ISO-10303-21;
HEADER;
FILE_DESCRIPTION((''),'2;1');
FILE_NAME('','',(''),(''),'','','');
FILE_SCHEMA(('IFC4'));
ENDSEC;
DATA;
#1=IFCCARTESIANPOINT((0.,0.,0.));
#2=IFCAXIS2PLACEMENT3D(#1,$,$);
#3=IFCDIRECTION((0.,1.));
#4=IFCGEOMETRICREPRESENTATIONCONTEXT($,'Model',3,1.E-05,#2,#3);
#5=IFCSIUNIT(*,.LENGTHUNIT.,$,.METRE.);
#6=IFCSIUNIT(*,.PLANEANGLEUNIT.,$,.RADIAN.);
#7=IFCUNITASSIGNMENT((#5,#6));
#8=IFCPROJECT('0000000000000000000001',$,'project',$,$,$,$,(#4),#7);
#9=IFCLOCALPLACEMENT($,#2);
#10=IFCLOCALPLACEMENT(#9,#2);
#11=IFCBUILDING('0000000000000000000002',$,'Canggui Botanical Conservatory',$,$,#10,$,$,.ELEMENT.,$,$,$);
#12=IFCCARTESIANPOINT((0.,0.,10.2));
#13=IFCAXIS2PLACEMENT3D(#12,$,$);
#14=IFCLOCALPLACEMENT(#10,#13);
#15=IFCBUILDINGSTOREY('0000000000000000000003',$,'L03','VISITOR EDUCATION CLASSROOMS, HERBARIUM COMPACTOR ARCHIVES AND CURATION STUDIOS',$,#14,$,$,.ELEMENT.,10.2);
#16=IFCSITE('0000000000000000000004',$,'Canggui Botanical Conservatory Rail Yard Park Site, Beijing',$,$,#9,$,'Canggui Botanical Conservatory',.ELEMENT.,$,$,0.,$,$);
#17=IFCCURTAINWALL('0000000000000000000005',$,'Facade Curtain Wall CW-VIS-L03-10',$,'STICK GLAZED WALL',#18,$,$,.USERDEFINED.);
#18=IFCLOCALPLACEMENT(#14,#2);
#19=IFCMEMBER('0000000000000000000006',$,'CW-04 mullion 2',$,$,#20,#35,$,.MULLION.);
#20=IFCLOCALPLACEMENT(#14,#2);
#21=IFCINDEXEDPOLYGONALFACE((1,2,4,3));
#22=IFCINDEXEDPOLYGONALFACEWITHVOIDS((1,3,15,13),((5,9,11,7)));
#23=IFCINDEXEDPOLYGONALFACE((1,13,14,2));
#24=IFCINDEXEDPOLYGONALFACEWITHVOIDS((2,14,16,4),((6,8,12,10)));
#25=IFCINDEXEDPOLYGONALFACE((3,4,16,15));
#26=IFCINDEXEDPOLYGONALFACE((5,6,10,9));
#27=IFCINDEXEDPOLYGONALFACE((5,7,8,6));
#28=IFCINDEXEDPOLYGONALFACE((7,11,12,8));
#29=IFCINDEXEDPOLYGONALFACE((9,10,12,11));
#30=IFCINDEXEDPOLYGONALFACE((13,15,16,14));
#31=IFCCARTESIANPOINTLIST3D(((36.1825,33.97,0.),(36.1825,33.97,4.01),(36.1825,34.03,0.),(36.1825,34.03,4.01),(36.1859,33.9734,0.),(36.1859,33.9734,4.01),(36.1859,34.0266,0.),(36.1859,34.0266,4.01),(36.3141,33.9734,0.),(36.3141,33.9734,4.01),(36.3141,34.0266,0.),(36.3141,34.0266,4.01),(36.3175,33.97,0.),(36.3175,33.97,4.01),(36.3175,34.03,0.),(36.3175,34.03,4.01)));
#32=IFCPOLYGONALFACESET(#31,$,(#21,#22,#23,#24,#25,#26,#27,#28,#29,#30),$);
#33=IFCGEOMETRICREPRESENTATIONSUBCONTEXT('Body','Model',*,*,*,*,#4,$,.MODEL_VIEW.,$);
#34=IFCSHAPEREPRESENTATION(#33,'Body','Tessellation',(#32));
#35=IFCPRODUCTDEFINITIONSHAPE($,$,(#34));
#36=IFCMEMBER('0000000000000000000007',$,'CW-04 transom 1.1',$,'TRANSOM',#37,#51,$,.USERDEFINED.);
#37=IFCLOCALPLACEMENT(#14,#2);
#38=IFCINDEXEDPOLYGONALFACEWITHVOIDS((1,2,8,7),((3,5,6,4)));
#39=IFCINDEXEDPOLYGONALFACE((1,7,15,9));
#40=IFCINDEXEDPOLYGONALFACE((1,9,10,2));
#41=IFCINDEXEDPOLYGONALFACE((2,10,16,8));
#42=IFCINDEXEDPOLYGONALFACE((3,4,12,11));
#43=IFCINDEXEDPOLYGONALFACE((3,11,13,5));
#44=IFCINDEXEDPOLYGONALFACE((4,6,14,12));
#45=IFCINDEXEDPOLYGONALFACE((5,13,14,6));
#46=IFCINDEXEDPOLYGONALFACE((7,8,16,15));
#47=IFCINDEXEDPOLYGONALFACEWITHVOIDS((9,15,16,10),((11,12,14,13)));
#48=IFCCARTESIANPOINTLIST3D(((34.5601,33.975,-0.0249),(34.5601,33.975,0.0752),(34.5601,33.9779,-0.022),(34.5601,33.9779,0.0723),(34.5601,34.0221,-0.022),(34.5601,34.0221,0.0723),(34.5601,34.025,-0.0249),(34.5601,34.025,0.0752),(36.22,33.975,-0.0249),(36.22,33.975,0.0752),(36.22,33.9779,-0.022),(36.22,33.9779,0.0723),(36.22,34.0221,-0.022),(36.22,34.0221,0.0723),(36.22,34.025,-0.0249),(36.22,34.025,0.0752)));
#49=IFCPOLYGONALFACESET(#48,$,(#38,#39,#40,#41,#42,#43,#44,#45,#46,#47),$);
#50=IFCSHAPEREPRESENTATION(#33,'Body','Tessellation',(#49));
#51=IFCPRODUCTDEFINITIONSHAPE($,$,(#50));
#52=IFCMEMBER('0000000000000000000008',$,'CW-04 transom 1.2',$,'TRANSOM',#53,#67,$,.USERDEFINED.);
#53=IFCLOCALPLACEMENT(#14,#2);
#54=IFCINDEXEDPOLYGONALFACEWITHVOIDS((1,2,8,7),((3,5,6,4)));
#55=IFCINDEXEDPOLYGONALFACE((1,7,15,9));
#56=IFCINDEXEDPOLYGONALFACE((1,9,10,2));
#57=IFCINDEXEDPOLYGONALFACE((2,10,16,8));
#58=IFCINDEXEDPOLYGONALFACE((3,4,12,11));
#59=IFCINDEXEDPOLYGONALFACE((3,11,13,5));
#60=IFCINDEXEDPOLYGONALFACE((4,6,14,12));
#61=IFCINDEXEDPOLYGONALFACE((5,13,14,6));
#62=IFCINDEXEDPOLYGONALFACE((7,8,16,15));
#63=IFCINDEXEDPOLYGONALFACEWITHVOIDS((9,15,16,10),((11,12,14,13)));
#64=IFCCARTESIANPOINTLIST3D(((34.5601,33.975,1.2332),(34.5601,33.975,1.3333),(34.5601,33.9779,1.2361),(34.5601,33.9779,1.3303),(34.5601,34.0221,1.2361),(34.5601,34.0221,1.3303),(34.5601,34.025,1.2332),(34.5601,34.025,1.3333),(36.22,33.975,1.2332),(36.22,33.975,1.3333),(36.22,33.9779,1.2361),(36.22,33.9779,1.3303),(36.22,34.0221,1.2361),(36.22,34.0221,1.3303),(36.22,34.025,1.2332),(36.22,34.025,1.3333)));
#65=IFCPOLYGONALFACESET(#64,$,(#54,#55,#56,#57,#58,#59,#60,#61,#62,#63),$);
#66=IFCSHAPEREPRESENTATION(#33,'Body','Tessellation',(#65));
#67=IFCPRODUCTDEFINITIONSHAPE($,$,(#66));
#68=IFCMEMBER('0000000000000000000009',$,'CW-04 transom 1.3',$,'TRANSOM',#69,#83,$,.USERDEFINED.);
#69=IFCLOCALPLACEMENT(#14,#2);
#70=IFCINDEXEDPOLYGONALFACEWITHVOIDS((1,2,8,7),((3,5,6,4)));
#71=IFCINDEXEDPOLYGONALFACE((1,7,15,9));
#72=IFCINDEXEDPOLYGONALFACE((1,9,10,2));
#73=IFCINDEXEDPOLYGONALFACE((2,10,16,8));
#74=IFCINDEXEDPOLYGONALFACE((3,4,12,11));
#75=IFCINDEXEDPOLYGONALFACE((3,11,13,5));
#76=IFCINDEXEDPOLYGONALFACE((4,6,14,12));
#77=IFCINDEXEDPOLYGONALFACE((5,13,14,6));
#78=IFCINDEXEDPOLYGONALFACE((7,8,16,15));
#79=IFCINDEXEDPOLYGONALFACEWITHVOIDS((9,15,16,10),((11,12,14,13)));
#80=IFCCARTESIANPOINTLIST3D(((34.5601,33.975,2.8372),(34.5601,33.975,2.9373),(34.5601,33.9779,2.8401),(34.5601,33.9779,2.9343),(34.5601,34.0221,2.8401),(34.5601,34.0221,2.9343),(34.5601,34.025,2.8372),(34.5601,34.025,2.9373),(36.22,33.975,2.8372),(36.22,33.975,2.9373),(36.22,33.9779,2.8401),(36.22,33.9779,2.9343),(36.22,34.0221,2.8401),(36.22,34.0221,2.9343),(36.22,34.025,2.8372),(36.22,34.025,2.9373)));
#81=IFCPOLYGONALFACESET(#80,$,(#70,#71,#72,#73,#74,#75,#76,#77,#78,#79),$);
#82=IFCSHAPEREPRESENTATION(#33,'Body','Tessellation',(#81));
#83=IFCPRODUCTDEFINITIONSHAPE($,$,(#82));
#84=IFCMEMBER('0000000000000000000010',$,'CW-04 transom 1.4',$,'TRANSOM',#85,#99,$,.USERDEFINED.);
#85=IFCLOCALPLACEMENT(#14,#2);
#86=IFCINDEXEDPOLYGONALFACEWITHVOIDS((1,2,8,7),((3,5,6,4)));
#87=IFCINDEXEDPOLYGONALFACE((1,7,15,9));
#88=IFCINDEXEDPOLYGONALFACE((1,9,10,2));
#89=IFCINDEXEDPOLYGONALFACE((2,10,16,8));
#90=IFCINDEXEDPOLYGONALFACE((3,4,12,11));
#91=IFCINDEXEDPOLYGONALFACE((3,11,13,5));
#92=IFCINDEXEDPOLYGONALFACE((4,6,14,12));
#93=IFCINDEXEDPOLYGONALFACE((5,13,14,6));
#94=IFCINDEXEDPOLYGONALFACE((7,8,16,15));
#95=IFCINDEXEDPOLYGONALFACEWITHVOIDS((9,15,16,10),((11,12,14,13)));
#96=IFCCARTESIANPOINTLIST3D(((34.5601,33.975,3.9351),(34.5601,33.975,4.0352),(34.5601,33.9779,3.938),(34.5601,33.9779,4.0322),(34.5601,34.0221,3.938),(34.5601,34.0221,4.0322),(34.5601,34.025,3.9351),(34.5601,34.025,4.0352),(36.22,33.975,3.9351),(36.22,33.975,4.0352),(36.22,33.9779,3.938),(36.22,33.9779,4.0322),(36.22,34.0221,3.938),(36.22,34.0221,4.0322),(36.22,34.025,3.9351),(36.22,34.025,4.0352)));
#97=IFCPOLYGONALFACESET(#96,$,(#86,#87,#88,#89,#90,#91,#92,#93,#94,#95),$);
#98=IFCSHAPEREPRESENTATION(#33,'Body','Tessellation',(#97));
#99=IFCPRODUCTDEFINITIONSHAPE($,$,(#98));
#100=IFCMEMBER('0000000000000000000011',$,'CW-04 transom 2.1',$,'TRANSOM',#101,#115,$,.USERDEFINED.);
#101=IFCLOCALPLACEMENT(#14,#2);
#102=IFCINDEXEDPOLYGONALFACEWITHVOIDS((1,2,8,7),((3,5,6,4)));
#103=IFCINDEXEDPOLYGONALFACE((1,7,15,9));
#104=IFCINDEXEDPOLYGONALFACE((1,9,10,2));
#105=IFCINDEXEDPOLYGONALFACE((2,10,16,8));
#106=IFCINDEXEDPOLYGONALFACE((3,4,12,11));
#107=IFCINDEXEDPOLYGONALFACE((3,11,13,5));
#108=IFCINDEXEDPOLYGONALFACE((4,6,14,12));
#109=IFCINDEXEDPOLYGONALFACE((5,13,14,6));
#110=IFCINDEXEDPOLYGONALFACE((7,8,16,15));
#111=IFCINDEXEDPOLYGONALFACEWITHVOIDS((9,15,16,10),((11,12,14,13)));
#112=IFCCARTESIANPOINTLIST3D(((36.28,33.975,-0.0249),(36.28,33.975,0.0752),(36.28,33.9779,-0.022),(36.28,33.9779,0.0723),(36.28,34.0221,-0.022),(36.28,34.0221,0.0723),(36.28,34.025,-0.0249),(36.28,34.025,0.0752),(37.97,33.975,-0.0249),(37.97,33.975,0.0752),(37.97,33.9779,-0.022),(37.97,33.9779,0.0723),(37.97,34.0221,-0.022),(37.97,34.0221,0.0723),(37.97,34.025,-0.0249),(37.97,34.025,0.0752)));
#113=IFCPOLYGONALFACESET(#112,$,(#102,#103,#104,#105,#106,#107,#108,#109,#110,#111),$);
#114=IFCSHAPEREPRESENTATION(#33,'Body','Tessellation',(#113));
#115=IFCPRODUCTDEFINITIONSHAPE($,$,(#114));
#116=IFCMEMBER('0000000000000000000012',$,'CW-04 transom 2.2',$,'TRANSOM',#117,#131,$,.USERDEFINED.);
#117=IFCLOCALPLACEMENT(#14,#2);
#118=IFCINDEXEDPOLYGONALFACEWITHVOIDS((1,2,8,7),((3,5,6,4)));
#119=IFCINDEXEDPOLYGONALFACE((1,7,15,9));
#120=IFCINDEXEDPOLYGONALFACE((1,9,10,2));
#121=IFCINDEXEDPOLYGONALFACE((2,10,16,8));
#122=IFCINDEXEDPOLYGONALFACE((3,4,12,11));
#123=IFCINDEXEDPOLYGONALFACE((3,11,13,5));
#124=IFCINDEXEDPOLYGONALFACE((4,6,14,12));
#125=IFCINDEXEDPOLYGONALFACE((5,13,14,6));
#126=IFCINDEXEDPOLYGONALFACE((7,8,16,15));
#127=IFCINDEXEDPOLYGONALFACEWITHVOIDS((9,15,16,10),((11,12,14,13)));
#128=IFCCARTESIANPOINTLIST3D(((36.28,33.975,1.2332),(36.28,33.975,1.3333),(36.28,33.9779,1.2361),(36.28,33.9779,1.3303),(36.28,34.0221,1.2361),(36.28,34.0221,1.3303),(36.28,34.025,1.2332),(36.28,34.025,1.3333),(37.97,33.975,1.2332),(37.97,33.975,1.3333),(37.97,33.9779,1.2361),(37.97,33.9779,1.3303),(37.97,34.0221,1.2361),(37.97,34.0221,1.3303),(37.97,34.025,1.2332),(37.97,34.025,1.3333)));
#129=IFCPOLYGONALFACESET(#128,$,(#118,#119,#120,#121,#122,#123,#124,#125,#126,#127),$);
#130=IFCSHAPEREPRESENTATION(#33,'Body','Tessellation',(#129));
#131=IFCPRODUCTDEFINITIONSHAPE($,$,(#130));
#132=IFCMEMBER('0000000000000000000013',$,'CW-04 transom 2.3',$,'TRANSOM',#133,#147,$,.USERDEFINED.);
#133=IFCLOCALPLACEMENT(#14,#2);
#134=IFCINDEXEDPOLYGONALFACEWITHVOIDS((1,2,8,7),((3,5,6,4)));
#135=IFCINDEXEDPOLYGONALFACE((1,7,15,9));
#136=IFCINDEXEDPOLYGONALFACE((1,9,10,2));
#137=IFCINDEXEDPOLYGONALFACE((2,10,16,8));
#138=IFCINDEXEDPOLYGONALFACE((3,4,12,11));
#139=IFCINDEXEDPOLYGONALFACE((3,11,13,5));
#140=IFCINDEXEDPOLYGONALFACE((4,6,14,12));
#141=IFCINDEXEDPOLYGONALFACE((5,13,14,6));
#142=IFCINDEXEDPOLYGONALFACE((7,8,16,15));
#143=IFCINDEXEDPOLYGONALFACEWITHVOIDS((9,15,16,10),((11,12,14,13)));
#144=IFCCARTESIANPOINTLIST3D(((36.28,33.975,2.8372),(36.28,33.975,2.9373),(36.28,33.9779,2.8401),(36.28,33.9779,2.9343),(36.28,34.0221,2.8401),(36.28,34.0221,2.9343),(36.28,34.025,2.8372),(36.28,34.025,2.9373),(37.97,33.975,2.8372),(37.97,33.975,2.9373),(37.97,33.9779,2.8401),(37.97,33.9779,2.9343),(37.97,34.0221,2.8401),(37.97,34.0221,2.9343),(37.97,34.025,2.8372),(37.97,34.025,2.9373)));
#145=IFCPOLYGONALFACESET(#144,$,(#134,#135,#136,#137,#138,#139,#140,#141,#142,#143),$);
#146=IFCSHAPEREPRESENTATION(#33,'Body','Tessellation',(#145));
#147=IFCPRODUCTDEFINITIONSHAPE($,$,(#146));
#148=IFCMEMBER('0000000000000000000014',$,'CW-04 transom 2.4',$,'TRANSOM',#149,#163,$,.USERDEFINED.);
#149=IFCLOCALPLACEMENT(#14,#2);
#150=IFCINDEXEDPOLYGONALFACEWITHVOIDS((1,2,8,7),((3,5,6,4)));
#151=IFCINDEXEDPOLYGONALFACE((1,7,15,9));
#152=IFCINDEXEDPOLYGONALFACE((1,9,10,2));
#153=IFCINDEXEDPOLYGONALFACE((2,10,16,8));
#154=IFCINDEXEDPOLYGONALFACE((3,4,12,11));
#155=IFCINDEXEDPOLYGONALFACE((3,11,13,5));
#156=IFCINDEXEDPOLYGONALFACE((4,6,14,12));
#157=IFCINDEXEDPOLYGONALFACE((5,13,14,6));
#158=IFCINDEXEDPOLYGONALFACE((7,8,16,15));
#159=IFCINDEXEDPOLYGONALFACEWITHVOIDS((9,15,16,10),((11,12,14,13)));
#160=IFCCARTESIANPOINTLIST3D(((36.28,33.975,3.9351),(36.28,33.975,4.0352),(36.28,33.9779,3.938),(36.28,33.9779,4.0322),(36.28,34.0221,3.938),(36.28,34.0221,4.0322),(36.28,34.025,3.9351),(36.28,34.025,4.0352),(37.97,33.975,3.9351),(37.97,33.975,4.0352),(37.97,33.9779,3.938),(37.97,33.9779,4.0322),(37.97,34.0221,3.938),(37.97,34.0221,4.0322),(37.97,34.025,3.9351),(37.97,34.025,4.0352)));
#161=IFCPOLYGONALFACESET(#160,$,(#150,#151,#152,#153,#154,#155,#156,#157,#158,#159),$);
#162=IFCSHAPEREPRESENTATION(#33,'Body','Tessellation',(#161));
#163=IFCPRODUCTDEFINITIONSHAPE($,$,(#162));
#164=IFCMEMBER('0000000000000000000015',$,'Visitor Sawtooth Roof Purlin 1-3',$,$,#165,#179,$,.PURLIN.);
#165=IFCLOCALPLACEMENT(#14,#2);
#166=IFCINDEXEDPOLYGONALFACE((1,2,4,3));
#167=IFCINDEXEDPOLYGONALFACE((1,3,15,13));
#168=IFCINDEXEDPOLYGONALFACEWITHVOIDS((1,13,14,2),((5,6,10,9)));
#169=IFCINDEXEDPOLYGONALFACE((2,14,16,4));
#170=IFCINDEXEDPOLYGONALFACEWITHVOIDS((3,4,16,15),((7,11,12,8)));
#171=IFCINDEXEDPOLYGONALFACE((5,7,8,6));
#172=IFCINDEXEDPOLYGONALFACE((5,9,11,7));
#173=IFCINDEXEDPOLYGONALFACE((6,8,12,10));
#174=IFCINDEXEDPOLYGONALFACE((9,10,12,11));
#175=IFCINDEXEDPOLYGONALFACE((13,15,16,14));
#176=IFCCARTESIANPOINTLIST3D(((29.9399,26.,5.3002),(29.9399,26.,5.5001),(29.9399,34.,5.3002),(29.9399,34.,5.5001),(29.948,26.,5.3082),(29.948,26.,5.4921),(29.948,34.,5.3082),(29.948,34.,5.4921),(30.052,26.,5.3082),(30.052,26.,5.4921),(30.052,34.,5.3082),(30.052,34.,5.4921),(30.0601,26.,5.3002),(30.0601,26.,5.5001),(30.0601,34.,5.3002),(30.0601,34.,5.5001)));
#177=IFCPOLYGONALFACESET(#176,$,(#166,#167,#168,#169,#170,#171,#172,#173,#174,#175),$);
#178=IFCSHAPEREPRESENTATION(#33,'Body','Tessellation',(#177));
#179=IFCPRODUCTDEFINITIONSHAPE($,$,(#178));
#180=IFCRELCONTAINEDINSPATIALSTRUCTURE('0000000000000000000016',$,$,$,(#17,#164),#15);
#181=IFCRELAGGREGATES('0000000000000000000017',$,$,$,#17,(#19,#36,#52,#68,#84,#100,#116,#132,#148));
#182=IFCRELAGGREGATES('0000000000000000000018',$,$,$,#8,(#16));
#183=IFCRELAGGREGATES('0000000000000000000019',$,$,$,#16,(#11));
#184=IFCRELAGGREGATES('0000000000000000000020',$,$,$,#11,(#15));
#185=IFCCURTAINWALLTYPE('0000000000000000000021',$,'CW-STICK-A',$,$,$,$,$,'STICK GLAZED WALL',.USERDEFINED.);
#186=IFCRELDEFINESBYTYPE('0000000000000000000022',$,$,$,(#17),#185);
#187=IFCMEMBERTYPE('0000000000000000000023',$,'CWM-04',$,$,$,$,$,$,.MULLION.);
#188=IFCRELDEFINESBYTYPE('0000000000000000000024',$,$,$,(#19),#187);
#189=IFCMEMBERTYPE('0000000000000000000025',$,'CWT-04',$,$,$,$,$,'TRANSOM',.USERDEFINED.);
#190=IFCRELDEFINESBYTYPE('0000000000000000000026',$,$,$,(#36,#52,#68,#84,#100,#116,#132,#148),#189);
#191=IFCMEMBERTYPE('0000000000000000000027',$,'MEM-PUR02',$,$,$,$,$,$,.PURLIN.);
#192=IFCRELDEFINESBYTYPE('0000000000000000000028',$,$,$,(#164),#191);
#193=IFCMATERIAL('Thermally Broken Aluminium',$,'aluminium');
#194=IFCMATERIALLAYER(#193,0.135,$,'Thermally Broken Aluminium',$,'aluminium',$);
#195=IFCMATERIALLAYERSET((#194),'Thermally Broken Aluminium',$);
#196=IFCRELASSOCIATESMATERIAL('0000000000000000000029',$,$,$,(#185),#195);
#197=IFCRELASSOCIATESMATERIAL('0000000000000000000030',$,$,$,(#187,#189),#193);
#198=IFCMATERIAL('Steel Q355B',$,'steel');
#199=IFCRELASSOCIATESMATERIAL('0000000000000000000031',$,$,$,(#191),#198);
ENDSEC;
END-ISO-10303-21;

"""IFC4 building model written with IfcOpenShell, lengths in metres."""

from ifc_helpers import new_model, si_unit, direction, frame, origin, origin_2d, place, context, subcontext, project, spatial, hollow_rectangle, extrude, material, layer, layer_set, material_profile, profile_set, type_object, element, aggregate, save


model = new_model("IFC4")

# Units and contexts
model_context = context("Model", 3, precision=1e-05, world=origin(), true_north=direction((0.0, 1.0)))
body_context = subcontext(model_context, "Body", "Model", "MODEL_VIEW")
ifc_project = project(units=[si_unit("LENGTHUNIT", "METRE"), si_unit("PLANEANGLEUNIT", "RADIAN")], contexts=[model_context])

# Site, building, storey
site_placement = place(None, origin())
site = spatial("IfcSite", under=ifc_project, at=site_placement, Name="Canggui Botanical Conservatory Rail Yard Park Site, Beijing", LongName="Canggui Botanical Conservatory", CompositionType="ELEMENT", RefElevation=0.0)
building_placement = place(site_placement, origin())
building = spatial("IfcBuilding", under=site, at=building_placement, Name="Canggui Botanical Conservatory", CompositionType="ELEMENT")
storey_placement = place(building_placement, frame((0.0, 0.0, 10.2)))
storey = spatial("IfcBuildingStorey", under=building, at=storey_placement, Name="L03", Description="VISITOR EDUCATION CLASSROOMS, HERBARIUM COMPACTOR ARCHIVES AND CURATION STUDIOS", CompositionType="ELEMENT", Elevation=10.2)

# Shared definitions
ifc_material_1 = material(Name="Steel Q355B", Category="steel")

# Curtain wall, members
ifc_material_2 = material(Name="Thermally Broken Aluminium", Category="aluminium")
ifc_layer_1 = layer(ifc_material_2, 0.135, Name="Thermally Broken Aluminium", Category="aluminium")
ifc_layer_set_1 = layer_set([ifc_layer_1], Name="Thermally Broken Aluminium")
curtain_wall_type = type_object("IfcCurtainWallType", Name="CW-STICK-A", ElementType="STICK GLAZED WALL", PredefinedType="USERDEFINED", material=ifc_layer_set_1)
curtain_wall_placement = place(storey_placement, origin())
curtain_wall = element("IfcCurtainWall", 1, at=curtain_wall_placement, inside=storey, type_object=curtain_wall_type, Name="Facade Curtain Wall CW-VIS-L03-10", ObjectType="STICK GLAZED WALL", PredefinedType="USERDEFINED")
ifc_material_profile_1 = material_profile(ifc_material_2, hollow_rectangle(XDim=0.0601, YDim=0.135, WallThickness=0.0034, at=origin_2d()), Name="CWM 60x135x3.5")
ifc_profile_set_1 = profile_set([ifc_material_profile_1], Name="Thermally Broken Aluminium")
member_type_1 = type_object("IfcMemberType", Name="CWM-04", PredefinedType="MULLION", material=ifc_profile_set_1)
member_1_placement = place(storey_placement, frame((36.25, 34.0, 0.0), z_axis=(0.0, 0.0, 1.0), x_axis=(0.0, 1.0, 0.0)))
member_1 = element("IfcMember", 2, at=member_1_placement, type_object=member_type_1, Name="CW-04 mullion 2", PredefinedType="MULLION", context=body_context, shape_type="SweptSolid", body=[
    extrude(hollow_rectangle(XDim=0.0601, YDim=0.135, WallThickness=0.0034, at=origin_2d()), origin(), (0.0, 0.0, 1.0), 4.01),
])
ifc_material_profile_2 = material_profile(ifc_material_2, hollow_rectangle(XDim=0.05, YDim=0.1001, WallThickness=0.0029, at=origin_2d()), Name="CWT 50x100x3")
ifc_profile_set_2 = profile_set([ifc_material_profile_2], Name="Thermally Broken Aluminium")
member_type_2 = type_object("IfcMemberType", Name="CWT-04", ElementType="TRANSOM", PredefinedType="USERDEFINED", material=ifc_profile_set_2)
member_2_placement = place(storey_placement, frame((34.5601, 34.0, 0.0251), z_axis=(1.0, 0.0, 0.0), x_axis=(0.0, 1.0, 0.0)))
member_2 = element("IfcMember", 3, at=member_2_placement, type_object=member_type_2, Name="CW-04 transom 1.1", ObjectType="TRANSOM", PredefinedType="USERDEFINED", context=body_context, shape_type="SweptSolid", body=[
    extrude(hollow_rectangle(XDim=0.05, YDim=0.1001, WallThickness=0.0029, at=origin_2d()), origin(), (0.0, 0.0, 1.0), 1.6599),
])
member_3_placement = place(storey_placement, frame((34.5601, 34.0, 1.2832), z_axis=(1.0, 0.0, 0.0), x_axis=(0.0, 1.0, 0.0)))
member_3 = element("IfcMember", 4, at=member_3_placement, type_object=member_type_2, Name="CW-04 transom 1.2", ObjectType="TRANSOM", PredefinedType="USERDEFINED", context=body_context, shape_type="SweptSolid", body=[
    extrude(hollow_rectangle(XDim=0.05, YDim=0.1001, WallThickness=0.0029, at=origin_2d()), origin(), (0.0, 0.0, 1.0), 1.6599),
])
member_4_placement = place(storey_placement, frame((34.5601, 34.0, 2.8872), z_axis=(1.0, 0.0, 0.0), x_axis=(0.0, 1.0, 0.0)))
member_4 = element("IfcMember", 5, at=member_4_placement, type_object=member_type_2, Name="CW-04 transom 1.3", ObjectType="TRANSOM", PredefinedType="USERDEFINED", context=body_context, shape_type="SweptSolid", body=[
    extrude(hollow_rectangle(XDim=0.05, YDim=0.1001, WallThickness=0.0029, at=origin_2d()), origin(), (0.0, 0.0, 1.0), 1.6599),
])
member_5_placement = place(storey_placement, frame((34.5601, 34.0, 3.9851), z_axis=(1.0, 0.0, 0.0), x_axis=(0.0, 1.0, 0.0)))
member_5 = element("IfcMember", 6, at=member_5_placement, type_object=member_type_2, Name="CW-04 transom 1.4", ObjectType="TRANSOM", PredefinedType="USERDEFINED", context=body_context, shape_type="SweptSolid", body=[
    extrude(hollow_rectangle(XDim=0.05, YDim=0.1001, WallThickness=0.0029, at=origin_2d()), origin(), (0.0, 0.0, 1.0), 1.6599),
])
member_6_placement = place(storey_placement, frame((36.28, 34.0, 0.0251), z_axis=(1.0, 0.0, 0.0), x_axis=(0.0, 1.0, 0.0)))
member_6 = element("IfcMember", 7, at=member_6_placement, type_object=member_type_2, Name="CW-04 transom 2.1", ObjectType="TRANSOM", PredefinedType="USERDEFINED", context=body_context, shape_type="SweptSolid", body=[
    extrude(hollow_rectangle(XDim=0.05, YDim=0.1001, WallThickness=0.0029, at=origin_2d()), origin(), (0.0, 0.0, 1.0), 1.6899),
])
member_7_placement = place(storey_placement, frame((36.28, 34.0, 1.2832), z_axis=(1.0, 0.0, 0.0), x_axis=(0.0, 1.0, 0.0)))
member_7 = element("IfcMember", 8, at=member_7_placement, type_object=member_type_2, Name="CW-04 transom 2.2", ObjectType="TRANSOM", PredefinedType="USERDEFINED", context=body_context, shape_type="SweptSolid", body=[
    extrude(hollow_rectangle(XDim=0.05, YDim=0.1001, WallThickness=0.0029, at=origin_2d()), origin(), (0.0, 0.0, 1.0), 1.6899),
])
member_8_placement = place(storey_placement, frame((36.28, 34.0, 2.8872), z_axis=(1.0, 0.0, 0.0), x_axis=(0.0, 1.0, 0.0)))
member_8 = element("IfcMember", 9, at=member_8_placement, type_object=member_type_2, Name="CW-04 transom 2.3", ObjectType="TRANSOM", PredefinedType="USERDEFINED", context=body_context, shape_type="SweptSolid", body=[
    extrude(hollow_rectangle(XDim=0.05, YDim=0.1001, WallThickness=0.0029, at=origin_2d()), origin(), (0.0, 0.0, 1.0), 1.6899),
])
member_9_placement = place(storey_placement, frame((36.28, 34.0, 3.9851), z_axis=(1.0, 0.0, 0.0), x_axis=(0.0, 1.0, 0.0)))
member_9 = element("IfcMember", 10, at=member_9_placement, type_object=member_type_2, Name="CW-04 transom 2.4", ObjectType="TRANSOM", PredefinedType="USERDEFINED", context=body_context, shape_type="SweptSolid", body=[
    extrude(hollow_rectangle(XDim=0.05, YDim=0.1001, WallThickness=0.0029, at=origin_2d()), origin(), (0.0, 0.0, 1.0), 1.6899),
])

# Member
ifc_material_profile_3 = material_profile(ifc_material_1, hollow_rectangle(XDim=0.1201, YDim=0.2, WallThickness=0.0081, at=origin_2d()), Name="RHS 120x200x8")
ifc_profile_set_3 = profile_set([ifc_material_profile_3], Name="Steel Q355B")
member_type_3 = type_object("IfcMemberType", Name="MEM-PUR02", PredefinedType="PURLIN", material=ifc_profile_set_3)
member_10_placement = place(storey_placement, frame((30.0, 26.0, 5.4001), z_axis=(0.0, 1.0, 0.0), x_axis=(-1.0, 0.0, 0.0)))
element("IfcMember", 11, at=member_10_placement, inside=storey, type_object=member_type_3, Name="Visitor Sawtooth Roof Purlin 1-3", PredefinedType="PURLIN", context=body_context, shape_type="SweptSolid", body=[
    extrude(hollow_rectangle(XDim=0.1201, YDim=0.2, WallThickness=0.0081, at=origin_2d()), origin(), (0.0, 0.0, 1.0), 8.0),
])

aggregate(curtain_wall, [member_1, member_2, member_3, member_4, member_5, member_6, member_7, member_8, member_9])

save(model, "model.ifc")
